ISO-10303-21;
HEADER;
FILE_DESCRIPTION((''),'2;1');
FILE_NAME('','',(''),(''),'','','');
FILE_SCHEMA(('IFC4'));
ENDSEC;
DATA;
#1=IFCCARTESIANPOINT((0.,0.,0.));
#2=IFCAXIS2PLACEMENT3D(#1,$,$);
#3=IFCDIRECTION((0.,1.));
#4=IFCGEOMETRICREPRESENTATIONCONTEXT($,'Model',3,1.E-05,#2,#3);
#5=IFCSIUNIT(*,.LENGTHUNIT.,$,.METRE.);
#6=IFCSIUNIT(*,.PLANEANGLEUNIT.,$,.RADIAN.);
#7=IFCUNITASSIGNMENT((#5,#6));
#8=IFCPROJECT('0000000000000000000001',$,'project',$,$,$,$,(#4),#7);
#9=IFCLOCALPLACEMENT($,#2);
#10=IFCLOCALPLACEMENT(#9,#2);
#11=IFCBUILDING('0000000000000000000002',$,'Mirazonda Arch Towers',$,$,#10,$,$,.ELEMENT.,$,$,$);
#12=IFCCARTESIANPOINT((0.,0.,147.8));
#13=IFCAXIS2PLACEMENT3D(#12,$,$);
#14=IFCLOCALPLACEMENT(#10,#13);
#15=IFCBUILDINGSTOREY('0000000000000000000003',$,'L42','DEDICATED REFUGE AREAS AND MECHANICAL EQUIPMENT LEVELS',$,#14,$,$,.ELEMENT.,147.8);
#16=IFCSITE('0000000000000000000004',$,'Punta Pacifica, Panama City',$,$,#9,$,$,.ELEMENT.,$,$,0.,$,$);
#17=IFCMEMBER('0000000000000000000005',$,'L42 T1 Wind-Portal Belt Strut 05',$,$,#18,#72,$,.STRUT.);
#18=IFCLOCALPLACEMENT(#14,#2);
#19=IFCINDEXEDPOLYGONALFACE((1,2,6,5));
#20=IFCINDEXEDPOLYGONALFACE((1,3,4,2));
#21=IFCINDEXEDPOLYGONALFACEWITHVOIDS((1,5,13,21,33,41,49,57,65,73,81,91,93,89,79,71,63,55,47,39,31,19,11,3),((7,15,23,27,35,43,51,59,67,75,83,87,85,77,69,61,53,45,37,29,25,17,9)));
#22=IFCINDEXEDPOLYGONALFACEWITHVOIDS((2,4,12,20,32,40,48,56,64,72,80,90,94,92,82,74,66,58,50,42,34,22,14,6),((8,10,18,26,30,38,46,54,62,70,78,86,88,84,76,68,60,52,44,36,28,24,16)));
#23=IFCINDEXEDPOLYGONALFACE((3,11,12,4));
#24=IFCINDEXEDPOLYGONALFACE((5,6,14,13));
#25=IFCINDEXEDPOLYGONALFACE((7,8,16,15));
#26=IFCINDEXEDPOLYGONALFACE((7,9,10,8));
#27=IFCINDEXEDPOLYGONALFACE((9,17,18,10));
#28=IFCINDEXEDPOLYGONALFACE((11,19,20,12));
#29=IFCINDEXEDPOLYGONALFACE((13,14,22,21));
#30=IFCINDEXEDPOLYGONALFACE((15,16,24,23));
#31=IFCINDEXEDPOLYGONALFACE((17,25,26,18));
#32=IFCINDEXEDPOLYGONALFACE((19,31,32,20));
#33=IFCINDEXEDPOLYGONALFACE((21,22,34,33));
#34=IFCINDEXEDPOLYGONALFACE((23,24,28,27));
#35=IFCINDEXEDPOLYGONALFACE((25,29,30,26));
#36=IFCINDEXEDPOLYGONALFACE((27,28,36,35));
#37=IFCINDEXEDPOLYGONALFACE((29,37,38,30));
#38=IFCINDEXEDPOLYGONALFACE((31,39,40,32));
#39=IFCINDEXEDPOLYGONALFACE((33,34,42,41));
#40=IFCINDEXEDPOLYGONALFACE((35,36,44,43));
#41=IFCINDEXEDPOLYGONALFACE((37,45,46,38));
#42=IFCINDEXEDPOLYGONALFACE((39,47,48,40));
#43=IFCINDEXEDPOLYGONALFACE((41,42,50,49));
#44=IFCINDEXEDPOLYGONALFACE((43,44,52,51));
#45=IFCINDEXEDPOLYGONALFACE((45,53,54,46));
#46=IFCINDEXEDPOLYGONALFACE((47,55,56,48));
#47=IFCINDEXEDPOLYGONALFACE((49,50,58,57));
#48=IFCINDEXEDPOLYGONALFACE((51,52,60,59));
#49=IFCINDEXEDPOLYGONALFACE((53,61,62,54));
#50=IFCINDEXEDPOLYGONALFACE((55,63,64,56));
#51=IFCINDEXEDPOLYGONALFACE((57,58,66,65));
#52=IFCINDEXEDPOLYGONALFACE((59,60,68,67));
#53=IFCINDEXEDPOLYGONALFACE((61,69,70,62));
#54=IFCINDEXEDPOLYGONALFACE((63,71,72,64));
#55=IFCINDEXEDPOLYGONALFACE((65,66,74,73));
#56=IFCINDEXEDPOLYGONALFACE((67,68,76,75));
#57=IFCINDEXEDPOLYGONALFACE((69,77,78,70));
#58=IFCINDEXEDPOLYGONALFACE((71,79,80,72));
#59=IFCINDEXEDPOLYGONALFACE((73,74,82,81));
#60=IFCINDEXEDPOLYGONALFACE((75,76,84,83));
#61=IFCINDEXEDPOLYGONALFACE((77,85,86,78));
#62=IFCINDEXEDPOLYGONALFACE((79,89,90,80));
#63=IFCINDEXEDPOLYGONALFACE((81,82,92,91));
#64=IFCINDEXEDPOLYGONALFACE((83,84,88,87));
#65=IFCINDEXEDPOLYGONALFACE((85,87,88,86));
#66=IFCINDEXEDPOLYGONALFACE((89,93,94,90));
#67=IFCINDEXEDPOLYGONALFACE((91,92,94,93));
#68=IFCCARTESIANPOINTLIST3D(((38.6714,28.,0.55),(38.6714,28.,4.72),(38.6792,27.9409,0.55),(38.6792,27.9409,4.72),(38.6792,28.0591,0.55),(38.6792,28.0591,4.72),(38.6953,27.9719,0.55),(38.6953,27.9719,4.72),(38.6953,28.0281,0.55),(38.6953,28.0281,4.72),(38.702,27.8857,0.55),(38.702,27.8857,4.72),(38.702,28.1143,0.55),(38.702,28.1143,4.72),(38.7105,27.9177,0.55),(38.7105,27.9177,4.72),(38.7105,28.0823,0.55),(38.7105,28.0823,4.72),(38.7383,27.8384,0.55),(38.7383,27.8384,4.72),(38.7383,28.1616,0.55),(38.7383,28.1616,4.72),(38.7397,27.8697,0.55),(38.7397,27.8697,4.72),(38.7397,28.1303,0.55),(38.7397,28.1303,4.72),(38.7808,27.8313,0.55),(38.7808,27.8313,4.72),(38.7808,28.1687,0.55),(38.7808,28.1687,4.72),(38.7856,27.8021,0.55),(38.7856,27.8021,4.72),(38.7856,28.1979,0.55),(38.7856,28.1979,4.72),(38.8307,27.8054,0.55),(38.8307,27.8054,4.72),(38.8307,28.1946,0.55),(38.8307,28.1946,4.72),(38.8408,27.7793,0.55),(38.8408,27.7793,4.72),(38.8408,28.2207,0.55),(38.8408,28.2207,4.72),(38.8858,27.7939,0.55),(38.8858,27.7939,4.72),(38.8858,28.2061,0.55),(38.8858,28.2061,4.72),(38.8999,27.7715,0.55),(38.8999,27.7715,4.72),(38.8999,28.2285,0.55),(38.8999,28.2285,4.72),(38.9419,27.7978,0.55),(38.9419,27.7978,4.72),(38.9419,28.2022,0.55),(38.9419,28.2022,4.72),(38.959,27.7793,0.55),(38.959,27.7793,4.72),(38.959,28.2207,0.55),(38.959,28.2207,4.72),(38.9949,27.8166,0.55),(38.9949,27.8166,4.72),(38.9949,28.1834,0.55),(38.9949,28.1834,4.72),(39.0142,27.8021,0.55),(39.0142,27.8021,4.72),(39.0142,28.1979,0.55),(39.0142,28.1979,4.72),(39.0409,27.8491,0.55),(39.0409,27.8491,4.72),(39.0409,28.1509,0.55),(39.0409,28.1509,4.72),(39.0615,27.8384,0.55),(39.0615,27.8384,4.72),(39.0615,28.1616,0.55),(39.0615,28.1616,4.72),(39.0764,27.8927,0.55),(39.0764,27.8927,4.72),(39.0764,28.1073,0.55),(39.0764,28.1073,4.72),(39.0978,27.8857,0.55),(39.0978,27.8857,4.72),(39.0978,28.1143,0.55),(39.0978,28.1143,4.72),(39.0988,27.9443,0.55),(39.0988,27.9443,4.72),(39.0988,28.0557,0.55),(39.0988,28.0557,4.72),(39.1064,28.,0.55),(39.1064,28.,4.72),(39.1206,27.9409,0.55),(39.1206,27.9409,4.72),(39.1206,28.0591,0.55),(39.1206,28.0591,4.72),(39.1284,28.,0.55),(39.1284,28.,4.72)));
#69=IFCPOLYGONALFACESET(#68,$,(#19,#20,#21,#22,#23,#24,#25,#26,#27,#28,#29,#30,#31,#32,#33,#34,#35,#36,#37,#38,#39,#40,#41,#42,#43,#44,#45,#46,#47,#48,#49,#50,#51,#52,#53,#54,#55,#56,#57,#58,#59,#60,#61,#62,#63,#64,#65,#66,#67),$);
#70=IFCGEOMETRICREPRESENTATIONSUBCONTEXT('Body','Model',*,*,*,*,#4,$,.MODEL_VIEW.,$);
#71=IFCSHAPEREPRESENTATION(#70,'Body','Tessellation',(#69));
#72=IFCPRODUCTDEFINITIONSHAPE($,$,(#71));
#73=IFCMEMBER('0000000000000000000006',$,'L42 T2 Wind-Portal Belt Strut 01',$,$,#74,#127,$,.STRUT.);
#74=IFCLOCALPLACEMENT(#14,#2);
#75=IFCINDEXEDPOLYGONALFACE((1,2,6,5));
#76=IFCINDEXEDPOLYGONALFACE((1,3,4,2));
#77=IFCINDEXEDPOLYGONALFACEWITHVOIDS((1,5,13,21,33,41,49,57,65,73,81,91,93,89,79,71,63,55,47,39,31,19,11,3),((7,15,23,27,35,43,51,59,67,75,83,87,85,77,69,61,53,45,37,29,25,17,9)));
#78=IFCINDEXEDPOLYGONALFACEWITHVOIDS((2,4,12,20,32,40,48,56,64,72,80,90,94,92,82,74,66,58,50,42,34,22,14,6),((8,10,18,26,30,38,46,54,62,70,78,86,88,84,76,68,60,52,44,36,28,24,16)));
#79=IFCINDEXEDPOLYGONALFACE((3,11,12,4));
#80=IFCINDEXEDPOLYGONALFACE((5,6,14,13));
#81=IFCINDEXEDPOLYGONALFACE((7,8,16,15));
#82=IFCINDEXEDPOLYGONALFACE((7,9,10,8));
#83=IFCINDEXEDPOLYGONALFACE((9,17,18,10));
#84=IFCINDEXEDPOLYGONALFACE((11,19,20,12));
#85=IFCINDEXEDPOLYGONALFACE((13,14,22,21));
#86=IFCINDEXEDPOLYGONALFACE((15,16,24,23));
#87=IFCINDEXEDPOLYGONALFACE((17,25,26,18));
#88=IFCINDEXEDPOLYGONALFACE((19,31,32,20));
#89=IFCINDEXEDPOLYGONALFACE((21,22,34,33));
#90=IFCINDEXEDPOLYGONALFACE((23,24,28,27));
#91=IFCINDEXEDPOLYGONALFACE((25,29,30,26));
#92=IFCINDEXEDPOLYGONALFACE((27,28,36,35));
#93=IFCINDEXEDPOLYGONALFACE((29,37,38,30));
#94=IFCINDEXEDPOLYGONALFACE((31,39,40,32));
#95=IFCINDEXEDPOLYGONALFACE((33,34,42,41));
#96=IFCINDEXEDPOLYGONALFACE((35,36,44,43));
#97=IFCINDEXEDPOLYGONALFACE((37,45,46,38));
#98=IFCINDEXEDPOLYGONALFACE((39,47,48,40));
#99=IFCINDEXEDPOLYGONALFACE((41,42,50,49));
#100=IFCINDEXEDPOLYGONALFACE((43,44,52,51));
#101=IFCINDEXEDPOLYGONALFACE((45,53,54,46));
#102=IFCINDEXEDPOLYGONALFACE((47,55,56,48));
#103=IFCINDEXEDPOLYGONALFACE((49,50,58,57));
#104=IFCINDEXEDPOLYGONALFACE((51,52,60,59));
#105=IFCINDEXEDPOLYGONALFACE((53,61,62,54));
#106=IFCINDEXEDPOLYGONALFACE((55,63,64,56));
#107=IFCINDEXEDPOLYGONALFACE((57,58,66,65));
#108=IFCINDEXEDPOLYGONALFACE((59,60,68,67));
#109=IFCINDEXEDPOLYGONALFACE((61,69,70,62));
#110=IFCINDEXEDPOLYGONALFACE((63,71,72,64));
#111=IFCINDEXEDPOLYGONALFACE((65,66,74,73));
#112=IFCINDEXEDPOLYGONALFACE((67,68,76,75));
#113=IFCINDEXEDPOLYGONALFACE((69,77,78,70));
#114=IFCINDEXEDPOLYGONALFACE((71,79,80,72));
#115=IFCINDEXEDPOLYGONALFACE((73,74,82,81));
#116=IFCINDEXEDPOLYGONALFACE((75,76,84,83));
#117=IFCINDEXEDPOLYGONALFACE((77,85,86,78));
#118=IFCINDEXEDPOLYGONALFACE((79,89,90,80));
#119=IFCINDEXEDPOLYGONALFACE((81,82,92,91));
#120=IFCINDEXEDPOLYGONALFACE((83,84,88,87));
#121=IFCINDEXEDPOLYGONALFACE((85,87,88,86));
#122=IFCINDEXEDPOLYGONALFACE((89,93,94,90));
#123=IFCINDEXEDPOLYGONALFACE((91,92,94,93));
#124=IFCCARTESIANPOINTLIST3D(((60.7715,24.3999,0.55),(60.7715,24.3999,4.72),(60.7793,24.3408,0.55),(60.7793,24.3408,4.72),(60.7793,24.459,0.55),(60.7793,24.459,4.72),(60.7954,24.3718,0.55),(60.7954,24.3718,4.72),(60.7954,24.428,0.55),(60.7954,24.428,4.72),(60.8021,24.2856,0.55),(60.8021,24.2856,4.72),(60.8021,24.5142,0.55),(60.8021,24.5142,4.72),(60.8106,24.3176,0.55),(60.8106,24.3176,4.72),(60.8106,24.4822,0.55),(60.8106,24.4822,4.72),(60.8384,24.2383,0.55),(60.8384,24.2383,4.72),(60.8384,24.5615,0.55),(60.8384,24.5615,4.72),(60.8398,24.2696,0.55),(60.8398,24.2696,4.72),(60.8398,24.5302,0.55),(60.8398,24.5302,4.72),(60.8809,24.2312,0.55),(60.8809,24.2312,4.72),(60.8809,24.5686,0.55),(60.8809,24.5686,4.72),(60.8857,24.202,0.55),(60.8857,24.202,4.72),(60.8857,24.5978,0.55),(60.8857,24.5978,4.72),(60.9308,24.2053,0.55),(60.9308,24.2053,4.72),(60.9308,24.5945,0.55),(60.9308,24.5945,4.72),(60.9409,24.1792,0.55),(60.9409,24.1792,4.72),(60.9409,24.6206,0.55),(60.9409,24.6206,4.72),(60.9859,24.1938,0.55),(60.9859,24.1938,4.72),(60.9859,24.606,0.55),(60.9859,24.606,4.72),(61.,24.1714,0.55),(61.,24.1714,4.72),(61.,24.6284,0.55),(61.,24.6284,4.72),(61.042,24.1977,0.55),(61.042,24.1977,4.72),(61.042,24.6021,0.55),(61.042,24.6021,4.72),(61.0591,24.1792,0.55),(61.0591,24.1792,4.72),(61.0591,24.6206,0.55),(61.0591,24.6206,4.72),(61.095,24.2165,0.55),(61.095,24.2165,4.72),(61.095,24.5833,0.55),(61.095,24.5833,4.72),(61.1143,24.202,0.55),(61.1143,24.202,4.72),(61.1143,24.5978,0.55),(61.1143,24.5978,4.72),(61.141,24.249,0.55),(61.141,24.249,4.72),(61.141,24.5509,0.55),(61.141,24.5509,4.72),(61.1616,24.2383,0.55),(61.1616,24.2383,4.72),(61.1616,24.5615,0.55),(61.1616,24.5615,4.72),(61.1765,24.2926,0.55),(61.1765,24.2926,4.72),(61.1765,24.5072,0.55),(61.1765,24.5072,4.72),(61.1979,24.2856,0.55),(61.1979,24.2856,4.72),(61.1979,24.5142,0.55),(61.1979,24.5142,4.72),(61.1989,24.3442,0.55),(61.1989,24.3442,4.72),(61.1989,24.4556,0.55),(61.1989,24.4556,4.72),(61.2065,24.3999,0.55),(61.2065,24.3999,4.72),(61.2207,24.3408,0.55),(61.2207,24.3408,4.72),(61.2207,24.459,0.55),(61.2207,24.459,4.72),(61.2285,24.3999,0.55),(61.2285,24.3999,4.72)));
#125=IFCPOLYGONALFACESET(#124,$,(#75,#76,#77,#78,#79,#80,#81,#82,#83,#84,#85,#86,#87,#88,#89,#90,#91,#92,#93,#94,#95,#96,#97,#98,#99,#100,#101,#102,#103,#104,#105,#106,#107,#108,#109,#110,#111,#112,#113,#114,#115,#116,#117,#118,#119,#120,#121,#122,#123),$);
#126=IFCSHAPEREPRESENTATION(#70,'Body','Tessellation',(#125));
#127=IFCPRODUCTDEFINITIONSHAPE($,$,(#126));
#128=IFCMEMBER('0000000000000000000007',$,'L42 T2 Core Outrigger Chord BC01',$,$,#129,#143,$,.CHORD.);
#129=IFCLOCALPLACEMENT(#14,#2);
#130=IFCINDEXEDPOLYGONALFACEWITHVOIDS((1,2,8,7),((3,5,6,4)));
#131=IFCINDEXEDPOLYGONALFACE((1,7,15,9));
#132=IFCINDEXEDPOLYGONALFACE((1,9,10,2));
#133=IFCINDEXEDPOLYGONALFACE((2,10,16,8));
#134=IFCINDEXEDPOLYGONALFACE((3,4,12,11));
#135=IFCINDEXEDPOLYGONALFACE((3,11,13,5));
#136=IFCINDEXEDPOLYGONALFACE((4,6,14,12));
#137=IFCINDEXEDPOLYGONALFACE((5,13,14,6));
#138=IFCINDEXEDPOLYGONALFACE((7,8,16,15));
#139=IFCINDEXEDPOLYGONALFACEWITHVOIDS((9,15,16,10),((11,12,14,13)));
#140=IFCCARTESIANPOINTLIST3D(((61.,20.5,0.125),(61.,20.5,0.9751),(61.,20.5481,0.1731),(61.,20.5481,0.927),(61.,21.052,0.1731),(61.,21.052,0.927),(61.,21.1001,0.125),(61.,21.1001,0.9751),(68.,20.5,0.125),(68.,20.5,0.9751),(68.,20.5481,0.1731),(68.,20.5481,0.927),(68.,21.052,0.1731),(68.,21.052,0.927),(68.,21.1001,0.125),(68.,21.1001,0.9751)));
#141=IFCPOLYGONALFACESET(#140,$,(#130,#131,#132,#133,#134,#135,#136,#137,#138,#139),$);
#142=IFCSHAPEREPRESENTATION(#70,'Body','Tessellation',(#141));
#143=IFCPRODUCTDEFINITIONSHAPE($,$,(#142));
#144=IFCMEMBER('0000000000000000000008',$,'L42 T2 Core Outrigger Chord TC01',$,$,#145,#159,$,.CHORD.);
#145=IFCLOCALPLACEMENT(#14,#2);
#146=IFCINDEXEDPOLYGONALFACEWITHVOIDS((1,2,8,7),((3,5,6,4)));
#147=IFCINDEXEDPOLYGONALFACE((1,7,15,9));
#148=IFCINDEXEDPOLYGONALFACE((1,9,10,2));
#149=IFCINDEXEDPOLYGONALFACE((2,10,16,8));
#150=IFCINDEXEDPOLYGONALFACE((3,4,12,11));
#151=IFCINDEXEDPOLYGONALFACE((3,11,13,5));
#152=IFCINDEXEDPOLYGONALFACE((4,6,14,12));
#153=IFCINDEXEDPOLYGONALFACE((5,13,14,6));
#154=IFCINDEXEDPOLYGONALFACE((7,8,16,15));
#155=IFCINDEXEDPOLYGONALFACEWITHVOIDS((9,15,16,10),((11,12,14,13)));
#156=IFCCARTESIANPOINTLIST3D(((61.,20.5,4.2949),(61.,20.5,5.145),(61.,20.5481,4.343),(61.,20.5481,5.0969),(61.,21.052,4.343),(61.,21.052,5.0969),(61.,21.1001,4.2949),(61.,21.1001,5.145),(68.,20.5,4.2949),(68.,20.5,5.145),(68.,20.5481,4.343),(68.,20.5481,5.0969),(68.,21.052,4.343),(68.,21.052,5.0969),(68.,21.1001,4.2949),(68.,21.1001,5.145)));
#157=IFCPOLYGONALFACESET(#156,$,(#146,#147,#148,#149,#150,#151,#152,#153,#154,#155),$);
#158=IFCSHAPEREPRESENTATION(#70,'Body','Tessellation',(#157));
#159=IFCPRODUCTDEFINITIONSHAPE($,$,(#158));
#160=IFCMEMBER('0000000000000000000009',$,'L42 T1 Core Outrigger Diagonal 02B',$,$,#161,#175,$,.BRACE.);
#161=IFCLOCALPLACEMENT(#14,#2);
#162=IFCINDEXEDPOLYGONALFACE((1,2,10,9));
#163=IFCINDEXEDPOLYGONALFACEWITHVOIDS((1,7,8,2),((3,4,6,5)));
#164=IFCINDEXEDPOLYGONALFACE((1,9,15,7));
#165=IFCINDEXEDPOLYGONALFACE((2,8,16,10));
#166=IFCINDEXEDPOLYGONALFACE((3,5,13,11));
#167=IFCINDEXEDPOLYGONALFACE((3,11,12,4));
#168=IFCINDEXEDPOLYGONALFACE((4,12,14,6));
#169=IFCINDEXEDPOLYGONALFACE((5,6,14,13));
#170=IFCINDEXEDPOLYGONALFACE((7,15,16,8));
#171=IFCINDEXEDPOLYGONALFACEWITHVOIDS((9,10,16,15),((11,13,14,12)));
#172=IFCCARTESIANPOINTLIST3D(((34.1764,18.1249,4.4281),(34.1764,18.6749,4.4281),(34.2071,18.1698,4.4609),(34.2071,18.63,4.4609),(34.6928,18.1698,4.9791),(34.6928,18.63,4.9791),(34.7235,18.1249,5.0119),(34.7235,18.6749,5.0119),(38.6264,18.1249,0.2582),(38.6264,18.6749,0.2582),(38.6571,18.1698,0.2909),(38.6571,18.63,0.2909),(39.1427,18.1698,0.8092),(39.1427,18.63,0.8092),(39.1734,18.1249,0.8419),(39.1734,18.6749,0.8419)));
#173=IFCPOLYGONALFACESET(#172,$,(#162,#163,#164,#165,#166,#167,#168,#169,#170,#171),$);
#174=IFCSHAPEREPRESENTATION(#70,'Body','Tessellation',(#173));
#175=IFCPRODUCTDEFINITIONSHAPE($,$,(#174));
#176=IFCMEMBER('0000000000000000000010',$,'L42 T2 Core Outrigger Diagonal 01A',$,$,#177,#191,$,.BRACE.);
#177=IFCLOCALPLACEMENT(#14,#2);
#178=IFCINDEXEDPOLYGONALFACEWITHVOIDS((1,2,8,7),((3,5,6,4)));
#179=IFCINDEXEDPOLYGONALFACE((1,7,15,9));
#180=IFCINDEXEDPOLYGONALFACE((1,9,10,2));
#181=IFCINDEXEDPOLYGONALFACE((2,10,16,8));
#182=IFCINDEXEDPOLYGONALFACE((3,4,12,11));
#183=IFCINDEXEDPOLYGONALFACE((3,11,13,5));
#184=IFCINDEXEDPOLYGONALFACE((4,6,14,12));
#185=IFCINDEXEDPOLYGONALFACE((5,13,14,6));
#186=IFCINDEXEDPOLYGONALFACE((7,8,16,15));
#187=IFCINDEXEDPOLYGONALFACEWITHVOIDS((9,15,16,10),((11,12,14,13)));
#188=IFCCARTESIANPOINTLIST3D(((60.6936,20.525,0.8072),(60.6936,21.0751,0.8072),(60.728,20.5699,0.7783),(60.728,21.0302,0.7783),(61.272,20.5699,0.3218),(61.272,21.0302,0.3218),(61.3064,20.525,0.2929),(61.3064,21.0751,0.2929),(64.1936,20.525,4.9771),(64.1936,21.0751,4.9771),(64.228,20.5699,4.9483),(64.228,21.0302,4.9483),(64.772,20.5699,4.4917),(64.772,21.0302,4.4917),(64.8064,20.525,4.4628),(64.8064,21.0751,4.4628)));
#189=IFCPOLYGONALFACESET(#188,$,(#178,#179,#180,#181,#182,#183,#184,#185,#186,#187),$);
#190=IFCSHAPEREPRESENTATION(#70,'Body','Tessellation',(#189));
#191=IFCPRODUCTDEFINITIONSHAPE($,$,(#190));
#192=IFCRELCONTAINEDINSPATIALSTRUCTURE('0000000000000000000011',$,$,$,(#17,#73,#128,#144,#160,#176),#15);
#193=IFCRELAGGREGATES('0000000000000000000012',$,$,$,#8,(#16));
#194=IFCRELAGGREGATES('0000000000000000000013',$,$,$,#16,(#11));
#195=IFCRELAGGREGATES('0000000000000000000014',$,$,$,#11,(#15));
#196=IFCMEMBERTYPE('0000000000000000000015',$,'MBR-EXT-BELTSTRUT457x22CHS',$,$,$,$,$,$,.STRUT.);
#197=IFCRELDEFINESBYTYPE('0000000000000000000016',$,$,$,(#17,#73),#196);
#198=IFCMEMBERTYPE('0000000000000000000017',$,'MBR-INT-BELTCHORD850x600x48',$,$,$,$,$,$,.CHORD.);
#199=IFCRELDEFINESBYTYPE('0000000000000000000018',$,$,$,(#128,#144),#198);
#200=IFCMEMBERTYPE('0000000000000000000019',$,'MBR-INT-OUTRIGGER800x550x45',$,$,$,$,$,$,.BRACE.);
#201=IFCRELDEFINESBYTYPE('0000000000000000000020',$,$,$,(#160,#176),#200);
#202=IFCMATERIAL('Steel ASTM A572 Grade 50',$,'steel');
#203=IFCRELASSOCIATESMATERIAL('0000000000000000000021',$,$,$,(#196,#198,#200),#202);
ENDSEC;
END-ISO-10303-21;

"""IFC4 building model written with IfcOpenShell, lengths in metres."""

from ifc_helpers import new_model, si_unit, direction, frame, origin, origin_2d, place, context, subcontext, project, spatial, hollow_rectangle, hollow_circle, extrude, material, material_profile, profile_set, type_object, element, save


model = new_model("IFC4")

# Units and contexts
model_context = context("Model", 3, precision=1e-05, world=origin(), true_north=direction((0.0, 1.0)))
body_context = subcontext(model_context, "Body", "Model", "MODEL_VIEW")
ifc_project = project(units=[si_unit("LENGTHUNIT", "METRE"), si_unit("PLANEANGLEUNIT", "RADIAN")], contexts=[model_context])

# Site, building, storey
site_placement = place(None, origin())
site = spatial("IfcSite", under=ifc_project, at=site_placement, Name="Punta Pacifica, Panama City", CompositionType="ELEMENT", RefElevation=0.0)
building_placement = place(site_placement, origin())
building = spatial("IfcBuilding", under=site, at=building_placement, Name="Mirazonda Arch Towers", CompositionType="ELEMENT")
storey_placement = place(building_placement, frame((0.0, 0.0, 147.8)))
storey = spatial("IfcBuildingStorey", under=building, at=storey_placement, Name="L42", Description="DEDICATED REFUGE AREAS AND MECHANICAL EQUIPMENT LEVELS", CompositionType="ELEMENT", Elevation=147.8)

# Shared definitions
ifc_material_1 = material(Name="Steel ASTM A572 Grade 50", Category="steel")

# Members
ifc_material_profile_1 = material_profile(ifc_material_1, hollow_circle(Radius=0.2285, WallThickness=0.022, at=origin_2d()), Name="BELTSTRUT457x22CHS")
ifc_profile_set_1 = profile_set([ifc_material_profile_1], Name="Steel ASTM A572 Grade 50")
member_type_1 = type_object("IfcMemberType", Name="MBR-EXT-BELTSTRUT457x22CHS", PredefinedType="STRUT", material=ifc_profile_set_1)
for number, where, z_axis, x_axis, name in (
    (1, (38.8999, 28.0, 0.55), (0.0, 0.0, 1.0), (1.0, 0.0, 0.0), "L42 T1 Wind-Portal Belt Strut 05"),
    (2, (61.0, 24.3999, 0.55), (0.0, 0.0, 1.0), (1.0, 0.0, 0.0), "L42 T2 Wind-Portal Belt Strut 01"),
):
    element("IfcMember", number, at=place(storey_placement, frame(where, z_axis=z_axis, x_axis=x_axis)), inside=storey, type_object=member_type_1, Name=name, PredefinedType="STRUT", context=body_context, shape_type="SweptSolid", body=[
        extrude(hollow_circle(Radius=0.2285, WallThickness=0.022, at=origin_2d()), origin(), (0.0, 0.0, 1.0), 4.1699),
    ])
ifc_material_profile_2 = material_profile(ifc_material_1, hollow_rectangle(XDim=0.6001, YDim=0.8501, WallThickness=0.0481, at=origin_2d()), Name="BELTCHORD850x600x48")
ifc_profile_set_2 = profile_set([ifc_material_profile_2], Name="Steel ASTM A572 Grade 50")
member_type_2 = type_object("IfcMemberType", Name="MBR-INT-BELTCHORD850x600x48", PredefinedType="CHORD", material=ifc_profile_set_2)
for number, where, z_axis, x_axis, name in (
    (3, (61.0, 20.8, 0.55), (1.0, 0.0, 0.0), (0.0, 1.0, 0.0), "L42 T2 Core Outrigger Chord BC01"),
    (4, (61.0, 20.8, 4.72), (1.0, 0.0, 0.0), (0.0, 1.0, 0.0), "L42 T2 Core Outrigger Chord TC01"),
):
    element("IfcMember", number, at=place(storey_placement, frame(where, z_axis=z_axis, x_axis=x_axis)), inside=storey, type_object=member_type_2, Name=name, PredefinedType="CHORD", context=body_context, shape_type="SweptSolid", body=[
        extrude(hollow_rectangle(XDim=0.6001, YDim=0.8501, WallThickness=0.0481, at=origin_2d()), origin(), (0.0, 0.0, 1.0), 7.0),
    ])
ifc_material_profile_3 = material_profile(ifc_material_1, hollow_rectangle(XDim=0.55, YDim=0.8, WallThickness=0.0449, at=origin_2d()), Name="OUTRIGGER800x550x45")
ifc_profile_set_3 = profile_set([ifc_material_profile_3], Name="Steel ASTM A572 Grade 50")
member_type_3 = type_object("IfcMemberType", Name="MBR-INT-OUTRIGGER800x550x45", PredefinedType="BRACE", material=ifc_profile_set_3)
member_1_placement = place(storey_placement, frame((38.8999, 18.3999, 0.55), z_axis=(-0.729693, 0.0, 0.683775), x_axis=(0.0, -1.0, 0.0)))
element("IfcMember", 5, at=member_1_placement, inside=storey, type_object=member_type_3, Name="L42 T1 Core Outrigger Diagonal 02B", PredefinedType="BRACE", context=body_context, shape_type="SweptSolid", body=[
    extrude(hollow_rectangle(XDim=0.55, YDim=0.8, WallThickness=0.0449, at=origin_2d()), origin(), (0.0, 0.0, 1.0), 6.0984),
])
member_2_placement = place(storey_placement, frame((61.0, 20.8, 0.55), z_axis=(0.642898, 0.0, 0.765952), x_axis=(0.0, 1.0, 0.0)))
element("IfcMember", 6, at=member_2_placement, inside=storey, type_object=member_type_3, Name="L42 T2 Core Outrigger Diagonal 01A", PredefinedType="BRACE", context=body_context, shape_type="SweptSolid", body=[
    extrude(hollow_rectangle(XDim=0.55, YDim=0.8, WallThickness=0.0449, at=origin_2d()), origin(), (0.0, 0.0, 1.0), 5.4441),
])

save(model, "model.ifc")
